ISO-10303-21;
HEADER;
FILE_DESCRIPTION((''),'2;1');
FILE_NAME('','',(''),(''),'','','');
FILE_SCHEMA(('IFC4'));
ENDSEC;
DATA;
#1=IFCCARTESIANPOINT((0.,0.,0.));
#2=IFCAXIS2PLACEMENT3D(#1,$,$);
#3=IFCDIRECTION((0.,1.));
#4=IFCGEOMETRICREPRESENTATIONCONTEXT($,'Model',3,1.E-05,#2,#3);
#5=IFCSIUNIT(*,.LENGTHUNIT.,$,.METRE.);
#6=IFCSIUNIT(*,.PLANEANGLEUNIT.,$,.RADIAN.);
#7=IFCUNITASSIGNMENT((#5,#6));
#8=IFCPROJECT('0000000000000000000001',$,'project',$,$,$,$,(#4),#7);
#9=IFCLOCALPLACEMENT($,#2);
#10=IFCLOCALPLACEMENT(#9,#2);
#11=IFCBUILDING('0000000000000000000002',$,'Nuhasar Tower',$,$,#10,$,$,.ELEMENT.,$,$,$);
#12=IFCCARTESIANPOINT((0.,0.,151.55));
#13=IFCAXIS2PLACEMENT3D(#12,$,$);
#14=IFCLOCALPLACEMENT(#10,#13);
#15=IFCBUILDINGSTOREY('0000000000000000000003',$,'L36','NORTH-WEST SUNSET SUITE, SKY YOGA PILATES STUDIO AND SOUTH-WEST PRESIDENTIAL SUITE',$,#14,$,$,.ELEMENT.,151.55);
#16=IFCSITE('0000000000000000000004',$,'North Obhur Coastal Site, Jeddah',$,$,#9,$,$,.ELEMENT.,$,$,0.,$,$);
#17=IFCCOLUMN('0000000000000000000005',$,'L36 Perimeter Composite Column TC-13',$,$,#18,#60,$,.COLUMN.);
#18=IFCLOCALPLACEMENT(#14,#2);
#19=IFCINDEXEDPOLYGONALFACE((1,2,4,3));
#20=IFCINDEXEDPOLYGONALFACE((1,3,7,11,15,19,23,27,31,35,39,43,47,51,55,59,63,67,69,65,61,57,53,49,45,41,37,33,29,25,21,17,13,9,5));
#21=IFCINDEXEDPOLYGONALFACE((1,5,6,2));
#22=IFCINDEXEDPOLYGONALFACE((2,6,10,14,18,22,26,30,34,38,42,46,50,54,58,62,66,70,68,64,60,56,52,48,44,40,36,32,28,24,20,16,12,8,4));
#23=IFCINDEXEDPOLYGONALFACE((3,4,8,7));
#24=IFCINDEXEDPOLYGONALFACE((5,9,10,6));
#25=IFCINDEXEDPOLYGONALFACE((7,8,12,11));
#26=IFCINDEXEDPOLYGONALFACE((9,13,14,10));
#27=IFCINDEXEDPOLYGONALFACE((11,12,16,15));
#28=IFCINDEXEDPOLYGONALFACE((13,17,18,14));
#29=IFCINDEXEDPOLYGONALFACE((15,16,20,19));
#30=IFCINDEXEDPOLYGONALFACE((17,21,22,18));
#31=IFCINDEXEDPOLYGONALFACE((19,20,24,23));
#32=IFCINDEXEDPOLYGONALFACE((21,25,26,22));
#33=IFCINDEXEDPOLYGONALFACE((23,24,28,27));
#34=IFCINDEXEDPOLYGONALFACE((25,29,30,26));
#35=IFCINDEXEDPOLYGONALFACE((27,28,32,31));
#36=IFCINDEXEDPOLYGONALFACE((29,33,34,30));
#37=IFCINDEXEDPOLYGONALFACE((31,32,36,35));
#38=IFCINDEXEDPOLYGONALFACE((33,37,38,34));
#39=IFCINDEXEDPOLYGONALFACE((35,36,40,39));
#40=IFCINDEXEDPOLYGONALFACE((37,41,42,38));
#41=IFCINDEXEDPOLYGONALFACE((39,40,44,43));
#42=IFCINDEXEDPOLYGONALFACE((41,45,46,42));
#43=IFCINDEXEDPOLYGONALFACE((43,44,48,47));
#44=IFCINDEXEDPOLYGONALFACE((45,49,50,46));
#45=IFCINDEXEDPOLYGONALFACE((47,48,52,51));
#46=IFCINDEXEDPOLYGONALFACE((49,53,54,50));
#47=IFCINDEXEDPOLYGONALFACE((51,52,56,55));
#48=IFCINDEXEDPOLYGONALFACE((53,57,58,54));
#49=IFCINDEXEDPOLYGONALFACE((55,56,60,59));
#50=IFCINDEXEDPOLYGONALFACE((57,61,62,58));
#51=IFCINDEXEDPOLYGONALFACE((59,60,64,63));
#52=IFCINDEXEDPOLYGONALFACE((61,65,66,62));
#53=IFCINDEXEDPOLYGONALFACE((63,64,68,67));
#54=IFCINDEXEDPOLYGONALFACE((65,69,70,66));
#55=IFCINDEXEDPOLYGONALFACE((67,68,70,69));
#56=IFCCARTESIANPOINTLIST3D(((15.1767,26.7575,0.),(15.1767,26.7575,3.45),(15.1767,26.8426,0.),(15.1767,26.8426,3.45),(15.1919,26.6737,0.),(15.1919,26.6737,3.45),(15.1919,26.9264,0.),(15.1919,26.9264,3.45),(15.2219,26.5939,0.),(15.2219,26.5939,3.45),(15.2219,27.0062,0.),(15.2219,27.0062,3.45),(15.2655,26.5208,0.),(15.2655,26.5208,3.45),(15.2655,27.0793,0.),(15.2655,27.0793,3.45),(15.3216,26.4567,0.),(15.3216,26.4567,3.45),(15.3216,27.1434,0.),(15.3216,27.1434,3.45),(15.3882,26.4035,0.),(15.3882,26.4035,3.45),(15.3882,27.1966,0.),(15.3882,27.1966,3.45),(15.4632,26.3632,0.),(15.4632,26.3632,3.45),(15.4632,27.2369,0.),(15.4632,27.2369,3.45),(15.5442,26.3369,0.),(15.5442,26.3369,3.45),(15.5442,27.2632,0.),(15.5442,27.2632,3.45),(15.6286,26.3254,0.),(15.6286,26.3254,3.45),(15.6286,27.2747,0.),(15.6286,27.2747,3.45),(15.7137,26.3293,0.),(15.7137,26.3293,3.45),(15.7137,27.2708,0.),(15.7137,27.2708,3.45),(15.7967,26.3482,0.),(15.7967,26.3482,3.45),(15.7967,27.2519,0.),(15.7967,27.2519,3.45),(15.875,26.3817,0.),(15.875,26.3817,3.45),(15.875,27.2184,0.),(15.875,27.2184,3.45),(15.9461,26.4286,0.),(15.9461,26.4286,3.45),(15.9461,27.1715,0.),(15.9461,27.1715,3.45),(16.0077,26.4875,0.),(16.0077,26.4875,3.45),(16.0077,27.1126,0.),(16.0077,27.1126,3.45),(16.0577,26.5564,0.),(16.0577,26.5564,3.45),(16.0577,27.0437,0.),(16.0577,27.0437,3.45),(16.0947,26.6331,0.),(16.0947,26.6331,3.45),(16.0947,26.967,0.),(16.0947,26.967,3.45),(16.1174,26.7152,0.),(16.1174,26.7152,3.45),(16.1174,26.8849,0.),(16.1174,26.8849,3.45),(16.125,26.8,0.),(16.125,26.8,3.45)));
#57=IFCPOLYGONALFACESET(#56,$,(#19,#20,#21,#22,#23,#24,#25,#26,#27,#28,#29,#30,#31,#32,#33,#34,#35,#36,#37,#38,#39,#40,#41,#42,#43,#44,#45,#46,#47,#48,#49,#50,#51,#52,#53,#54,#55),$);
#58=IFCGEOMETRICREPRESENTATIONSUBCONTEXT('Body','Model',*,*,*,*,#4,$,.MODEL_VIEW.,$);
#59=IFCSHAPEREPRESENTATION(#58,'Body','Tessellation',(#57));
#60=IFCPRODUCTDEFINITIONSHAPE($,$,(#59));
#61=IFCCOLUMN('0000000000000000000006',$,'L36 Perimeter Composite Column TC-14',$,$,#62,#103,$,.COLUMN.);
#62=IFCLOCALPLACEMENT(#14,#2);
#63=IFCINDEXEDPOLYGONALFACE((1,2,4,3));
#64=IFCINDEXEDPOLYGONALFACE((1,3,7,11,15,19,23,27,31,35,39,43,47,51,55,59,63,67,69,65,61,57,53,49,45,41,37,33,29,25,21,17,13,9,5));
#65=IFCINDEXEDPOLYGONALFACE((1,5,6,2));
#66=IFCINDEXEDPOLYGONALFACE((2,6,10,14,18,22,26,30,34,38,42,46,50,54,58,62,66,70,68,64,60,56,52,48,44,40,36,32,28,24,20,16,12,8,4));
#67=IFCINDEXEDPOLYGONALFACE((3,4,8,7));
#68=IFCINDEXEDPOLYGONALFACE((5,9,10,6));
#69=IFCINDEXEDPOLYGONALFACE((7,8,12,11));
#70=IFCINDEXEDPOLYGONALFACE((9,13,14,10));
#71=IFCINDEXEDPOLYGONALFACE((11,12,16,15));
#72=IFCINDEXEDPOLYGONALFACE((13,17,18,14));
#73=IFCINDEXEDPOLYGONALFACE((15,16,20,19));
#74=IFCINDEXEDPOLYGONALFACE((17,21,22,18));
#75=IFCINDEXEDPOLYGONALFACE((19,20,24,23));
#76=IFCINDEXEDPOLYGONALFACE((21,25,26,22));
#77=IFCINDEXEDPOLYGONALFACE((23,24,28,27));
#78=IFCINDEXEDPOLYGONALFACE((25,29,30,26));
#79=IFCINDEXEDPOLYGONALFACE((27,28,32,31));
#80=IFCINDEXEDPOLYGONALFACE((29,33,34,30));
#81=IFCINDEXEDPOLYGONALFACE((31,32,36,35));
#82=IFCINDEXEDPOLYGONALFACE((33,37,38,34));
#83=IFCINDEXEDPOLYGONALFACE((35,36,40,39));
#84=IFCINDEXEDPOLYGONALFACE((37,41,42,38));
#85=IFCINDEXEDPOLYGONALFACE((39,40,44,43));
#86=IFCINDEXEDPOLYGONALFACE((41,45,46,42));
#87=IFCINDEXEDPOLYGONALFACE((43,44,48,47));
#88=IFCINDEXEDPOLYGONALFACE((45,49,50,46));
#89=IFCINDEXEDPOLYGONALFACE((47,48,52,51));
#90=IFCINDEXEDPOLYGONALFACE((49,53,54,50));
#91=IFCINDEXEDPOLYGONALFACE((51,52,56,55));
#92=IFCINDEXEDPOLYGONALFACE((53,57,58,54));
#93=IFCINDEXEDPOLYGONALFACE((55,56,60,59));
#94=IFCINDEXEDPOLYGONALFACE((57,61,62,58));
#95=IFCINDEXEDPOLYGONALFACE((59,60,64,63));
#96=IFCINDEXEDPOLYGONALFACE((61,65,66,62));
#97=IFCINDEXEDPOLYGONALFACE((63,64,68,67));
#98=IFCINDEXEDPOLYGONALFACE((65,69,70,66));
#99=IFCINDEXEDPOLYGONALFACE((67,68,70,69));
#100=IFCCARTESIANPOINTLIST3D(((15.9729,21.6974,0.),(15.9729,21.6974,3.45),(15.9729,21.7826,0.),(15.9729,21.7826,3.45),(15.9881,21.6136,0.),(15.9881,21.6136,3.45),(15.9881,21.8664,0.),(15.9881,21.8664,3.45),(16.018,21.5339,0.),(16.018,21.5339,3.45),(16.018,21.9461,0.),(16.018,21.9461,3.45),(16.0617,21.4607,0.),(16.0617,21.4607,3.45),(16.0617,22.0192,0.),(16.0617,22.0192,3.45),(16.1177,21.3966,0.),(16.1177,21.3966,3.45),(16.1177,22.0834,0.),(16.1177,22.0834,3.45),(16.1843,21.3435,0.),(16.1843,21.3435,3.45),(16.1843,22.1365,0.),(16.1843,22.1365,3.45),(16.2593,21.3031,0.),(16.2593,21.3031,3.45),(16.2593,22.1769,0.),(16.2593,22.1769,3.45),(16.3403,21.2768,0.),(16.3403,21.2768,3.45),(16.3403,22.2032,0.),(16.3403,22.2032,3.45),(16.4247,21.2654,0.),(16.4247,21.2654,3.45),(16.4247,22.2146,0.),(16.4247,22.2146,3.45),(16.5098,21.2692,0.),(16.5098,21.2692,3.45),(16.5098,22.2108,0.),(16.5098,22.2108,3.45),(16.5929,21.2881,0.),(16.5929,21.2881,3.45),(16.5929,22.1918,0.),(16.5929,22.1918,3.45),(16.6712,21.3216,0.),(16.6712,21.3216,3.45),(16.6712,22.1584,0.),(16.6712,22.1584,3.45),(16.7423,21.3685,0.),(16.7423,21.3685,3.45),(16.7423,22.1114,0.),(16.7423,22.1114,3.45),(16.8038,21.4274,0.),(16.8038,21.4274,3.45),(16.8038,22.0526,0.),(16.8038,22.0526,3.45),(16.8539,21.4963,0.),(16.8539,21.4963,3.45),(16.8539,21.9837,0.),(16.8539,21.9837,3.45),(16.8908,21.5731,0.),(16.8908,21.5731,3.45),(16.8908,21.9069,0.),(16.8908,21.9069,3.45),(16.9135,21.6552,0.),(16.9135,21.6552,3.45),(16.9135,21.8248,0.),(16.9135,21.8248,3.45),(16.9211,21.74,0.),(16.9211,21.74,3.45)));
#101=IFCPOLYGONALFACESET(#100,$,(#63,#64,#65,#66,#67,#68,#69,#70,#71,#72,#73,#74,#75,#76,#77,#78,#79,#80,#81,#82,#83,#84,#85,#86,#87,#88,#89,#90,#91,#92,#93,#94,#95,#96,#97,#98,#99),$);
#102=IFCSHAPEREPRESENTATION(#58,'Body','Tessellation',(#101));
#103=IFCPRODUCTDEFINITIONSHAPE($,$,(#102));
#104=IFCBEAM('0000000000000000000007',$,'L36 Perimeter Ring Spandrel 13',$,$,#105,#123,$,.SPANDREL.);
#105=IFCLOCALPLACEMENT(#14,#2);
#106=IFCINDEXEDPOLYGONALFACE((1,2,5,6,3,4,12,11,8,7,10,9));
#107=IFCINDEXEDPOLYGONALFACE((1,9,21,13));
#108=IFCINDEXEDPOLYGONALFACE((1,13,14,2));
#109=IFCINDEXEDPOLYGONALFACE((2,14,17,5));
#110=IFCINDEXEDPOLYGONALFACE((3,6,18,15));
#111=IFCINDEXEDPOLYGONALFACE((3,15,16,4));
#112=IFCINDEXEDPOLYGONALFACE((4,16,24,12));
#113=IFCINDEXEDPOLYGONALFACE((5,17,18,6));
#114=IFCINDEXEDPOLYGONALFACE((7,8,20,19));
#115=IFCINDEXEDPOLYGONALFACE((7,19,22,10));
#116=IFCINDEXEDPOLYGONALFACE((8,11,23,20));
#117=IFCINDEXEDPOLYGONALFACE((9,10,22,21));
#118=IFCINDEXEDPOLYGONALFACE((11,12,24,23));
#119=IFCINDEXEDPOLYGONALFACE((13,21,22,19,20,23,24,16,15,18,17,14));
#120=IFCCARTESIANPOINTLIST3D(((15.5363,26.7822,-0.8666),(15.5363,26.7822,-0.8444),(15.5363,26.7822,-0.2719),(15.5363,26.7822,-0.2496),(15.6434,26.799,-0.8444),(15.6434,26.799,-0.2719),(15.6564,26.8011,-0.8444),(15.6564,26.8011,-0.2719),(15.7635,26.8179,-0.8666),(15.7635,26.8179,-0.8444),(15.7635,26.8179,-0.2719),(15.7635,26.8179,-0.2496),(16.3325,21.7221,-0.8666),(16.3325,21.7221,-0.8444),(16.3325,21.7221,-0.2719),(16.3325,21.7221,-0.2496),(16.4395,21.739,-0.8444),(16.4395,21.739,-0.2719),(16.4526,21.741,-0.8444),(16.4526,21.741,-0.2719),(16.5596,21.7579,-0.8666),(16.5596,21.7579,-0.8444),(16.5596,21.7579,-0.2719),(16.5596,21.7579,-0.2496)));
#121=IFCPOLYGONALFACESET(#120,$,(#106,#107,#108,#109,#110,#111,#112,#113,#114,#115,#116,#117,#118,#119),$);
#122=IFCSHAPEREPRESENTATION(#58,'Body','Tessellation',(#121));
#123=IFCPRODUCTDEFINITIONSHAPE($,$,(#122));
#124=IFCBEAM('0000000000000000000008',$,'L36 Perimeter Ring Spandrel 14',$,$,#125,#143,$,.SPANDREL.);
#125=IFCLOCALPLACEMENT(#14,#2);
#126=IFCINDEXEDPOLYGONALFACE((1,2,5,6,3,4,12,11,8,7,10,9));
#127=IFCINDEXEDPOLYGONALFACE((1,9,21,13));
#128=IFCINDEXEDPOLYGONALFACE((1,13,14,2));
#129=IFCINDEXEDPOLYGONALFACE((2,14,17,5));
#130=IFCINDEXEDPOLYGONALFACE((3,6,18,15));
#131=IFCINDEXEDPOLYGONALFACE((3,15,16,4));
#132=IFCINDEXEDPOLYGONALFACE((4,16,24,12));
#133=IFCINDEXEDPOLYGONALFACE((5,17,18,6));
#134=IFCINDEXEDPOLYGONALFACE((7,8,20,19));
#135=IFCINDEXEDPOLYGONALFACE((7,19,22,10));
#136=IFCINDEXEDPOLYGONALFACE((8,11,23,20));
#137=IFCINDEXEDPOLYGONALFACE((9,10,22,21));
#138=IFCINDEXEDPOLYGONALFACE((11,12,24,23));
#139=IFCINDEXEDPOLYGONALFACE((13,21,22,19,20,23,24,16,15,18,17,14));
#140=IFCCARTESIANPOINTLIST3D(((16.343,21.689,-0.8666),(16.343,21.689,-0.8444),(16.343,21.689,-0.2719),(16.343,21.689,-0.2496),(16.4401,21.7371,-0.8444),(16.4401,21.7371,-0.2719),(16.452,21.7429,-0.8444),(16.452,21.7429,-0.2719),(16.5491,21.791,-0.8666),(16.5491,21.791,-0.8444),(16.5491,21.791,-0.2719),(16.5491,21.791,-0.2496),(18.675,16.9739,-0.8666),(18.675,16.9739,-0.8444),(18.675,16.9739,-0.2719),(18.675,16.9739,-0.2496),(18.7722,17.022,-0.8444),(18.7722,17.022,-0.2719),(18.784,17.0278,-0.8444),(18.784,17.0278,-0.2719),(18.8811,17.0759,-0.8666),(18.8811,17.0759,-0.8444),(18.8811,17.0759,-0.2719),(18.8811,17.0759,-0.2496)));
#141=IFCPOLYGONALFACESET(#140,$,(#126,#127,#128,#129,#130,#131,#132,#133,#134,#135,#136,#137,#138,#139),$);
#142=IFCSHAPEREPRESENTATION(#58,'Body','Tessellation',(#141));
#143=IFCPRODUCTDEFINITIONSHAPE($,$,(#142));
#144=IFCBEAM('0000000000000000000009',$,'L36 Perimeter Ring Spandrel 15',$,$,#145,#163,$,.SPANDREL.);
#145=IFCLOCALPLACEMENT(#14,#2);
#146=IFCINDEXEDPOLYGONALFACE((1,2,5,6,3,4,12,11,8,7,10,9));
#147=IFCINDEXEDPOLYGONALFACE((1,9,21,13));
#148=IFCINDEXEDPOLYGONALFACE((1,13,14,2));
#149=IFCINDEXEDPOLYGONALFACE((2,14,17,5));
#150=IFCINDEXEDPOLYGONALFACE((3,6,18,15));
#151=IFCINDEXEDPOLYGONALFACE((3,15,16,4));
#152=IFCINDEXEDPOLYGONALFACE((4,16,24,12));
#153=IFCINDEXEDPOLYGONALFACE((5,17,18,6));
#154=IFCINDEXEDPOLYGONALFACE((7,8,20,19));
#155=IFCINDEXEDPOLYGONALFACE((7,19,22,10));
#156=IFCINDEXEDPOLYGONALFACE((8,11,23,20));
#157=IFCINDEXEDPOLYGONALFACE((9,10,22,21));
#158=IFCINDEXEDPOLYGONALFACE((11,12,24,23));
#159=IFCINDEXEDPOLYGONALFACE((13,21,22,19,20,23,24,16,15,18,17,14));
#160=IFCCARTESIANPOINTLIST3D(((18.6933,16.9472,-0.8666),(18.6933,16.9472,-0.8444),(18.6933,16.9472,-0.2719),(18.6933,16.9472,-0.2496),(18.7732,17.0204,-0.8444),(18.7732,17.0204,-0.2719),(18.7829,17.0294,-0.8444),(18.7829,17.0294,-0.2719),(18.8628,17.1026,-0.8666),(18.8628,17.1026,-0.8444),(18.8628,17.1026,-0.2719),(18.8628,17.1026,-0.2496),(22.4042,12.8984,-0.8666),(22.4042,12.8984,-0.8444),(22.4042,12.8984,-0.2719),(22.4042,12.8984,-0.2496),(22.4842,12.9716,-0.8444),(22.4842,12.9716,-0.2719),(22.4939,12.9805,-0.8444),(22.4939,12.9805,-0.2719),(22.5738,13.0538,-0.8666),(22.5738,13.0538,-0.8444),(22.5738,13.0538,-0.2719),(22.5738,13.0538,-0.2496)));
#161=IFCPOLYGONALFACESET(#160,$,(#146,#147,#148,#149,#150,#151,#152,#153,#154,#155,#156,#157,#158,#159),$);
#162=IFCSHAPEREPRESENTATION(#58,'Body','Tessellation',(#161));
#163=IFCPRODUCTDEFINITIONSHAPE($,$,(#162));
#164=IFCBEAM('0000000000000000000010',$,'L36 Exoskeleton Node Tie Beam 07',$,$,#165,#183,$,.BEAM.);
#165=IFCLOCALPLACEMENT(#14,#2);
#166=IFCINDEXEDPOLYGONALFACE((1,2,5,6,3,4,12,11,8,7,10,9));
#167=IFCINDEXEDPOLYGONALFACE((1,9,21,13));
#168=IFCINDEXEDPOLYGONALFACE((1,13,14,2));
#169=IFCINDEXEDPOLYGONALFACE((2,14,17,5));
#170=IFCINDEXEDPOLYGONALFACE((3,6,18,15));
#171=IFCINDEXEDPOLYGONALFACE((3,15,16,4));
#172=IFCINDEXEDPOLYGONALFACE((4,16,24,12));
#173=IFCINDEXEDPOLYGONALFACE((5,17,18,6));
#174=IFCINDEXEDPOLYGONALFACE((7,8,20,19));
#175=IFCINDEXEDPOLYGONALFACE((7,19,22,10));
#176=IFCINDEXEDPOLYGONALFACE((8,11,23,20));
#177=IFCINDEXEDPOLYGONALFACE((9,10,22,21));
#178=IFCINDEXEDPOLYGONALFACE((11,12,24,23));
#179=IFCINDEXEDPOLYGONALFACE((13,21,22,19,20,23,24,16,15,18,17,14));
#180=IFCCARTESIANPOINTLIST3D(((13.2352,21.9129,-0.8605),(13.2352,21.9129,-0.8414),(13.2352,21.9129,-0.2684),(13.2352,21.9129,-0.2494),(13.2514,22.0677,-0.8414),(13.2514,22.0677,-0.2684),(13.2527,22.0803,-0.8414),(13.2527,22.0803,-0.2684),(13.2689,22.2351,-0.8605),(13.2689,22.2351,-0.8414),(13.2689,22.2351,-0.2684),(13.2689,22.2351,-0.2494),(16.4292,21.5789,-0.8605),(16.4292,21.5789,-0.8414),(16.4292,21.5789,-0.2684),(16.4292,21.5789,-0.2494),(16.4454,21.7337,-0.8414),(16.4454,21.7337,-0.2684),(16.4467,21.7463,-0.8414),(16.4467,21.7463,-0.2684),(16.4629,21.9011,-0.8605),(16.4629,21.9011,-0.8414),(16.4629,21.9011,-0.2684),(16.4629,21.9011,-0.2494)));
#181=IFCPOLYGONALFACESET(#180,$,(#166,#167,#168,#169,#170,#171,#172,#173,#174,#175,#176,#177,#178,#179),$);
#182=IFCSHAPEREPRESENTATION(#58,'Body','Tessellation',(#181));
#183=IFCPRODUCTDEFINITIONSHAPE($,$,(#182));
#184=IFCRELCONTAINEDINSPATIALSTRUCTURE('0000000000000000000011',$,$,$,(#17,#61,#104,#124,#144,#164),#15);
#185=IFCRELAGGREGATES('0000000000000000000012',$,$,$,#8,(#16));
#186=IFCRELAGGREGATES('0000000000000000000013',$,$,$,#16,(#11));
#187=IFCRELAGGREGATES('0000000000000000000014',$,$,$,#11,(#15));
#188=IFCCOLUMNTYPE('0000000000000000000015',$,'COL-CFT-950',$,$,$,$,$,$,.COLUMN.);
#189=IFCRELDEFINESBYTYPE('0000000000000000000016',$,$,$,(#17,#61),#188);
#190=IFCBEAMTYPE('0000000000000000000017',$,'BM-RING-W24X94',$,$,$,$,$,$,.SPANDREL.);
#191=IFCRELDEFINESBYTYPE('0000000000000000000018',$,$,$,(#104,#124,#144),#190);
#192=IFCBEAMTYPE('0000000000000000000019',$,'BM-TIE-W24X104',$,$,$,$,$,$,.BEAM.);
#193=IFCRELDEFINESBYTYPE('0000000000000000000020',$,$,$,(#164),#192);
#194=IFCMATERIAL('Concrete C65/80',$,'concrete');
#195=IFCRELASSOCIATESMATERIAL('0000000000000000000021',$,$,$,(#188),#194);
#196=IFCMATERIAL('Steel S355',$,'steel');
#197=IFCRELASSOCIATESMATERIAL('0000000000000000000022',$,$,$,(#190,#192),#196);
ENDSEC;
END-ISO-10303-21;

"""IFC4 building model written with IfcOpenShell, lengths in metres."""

from ifc_helpers import new_model, si_unit, direction, frame, origin, origin_2d, place, context, subcontext, project, spatial, circle, i_section, extrude, material, material_profile, profile_set, type_object, element, save


model = new_model("IFC4")

# Units and contexts
model_context = context("Model", 3, precision=1e-05, world=origin(), true_north=direction((0.0, 1.0)))
body_context = subcontext(model_context, "Body", "Model", "MODEL_VIEW")
ifc_project = project(units=[si_unit("LENGTHUNIT", "METRE"), si_unit("PLANEANGLEUNIT", "RADIAN")], contexts=[model_context])

# Site, building, storey
site_placement = place(None, origin())
site = spatial("IfcSite", under=ifc_project, at=site_placement, Name="North Obhur Coastal Site, Jeddah", CompositionType="ELEMENT", RefElevation=0.0)
building_placement = place(site_placement, origin())
building = spatial("IfcBuilding", under=site, at=building_placement, Name="Nuhasar Tower", CompositionType="ELEMENT")
storey_placement = place(building_placement, frame((0.0, 0.0, 151.55)))
storey = spatial("IfcBuildingStorey", under=building, at=storey_placement, Name="L36", Description="NORTH-WEST SUNSET SUITE, SKY YOGA PILATES STUDIO AND SOUTH-WEST PRESIDENTIAL SUITE", CompositionType="ELEMENT", Elevation=151.55)

# Columns
ifc_material_1 = material(Name="Concrete C65/80", Category="concrete")
ifc_material_profile_1 = material_profile(ifc_material_1, circle(Radius=0.4751, at=origin_2d()), Name="CFT950")
ifc_profile_set_1 = profile_set([ifc_material_profile_1], Name="Concrete C65/80")
column_type = type_object("IfcColumnType", Name="COL-CFT-950", PredefinedType="COLUMN", material=ifc_profile_set_1)
for number, where, z_axis, x_axis, name in (
    (1, (15.6499, 26.8, 0.0), (0.0, 0.0, 1.0), (1.0, 0.0, 0.0), "L36 Perimeter Composite Column TC-13"),
    (2, (16.446, 21.74, 0.0), (0.0, 0.0, 1.0), (1.0, 0.0, 0.0), "L36 Perimeter Composite Column TC-14"),
):
    element("IfcColumn", number, at=place(storey_placement, frame(where, z_axis=z_axis, x_axis=x_axis)), inside=storey, type_object=column_type, Name=name, PredefinedType="COLUMN", context=body_context, shape_type="SweptSolid", body=[
        extrude(circle(Radius=0.4751, at=origin_2d()), origin(), (0.0, 0.0, 1.0), 3.45),
    ])

# Beams
ifc_material_2 = material(Name="Steel S355", Category="steel")
ifc_material_profile_2 = material_profile(ifc_material_2, i_section(OverallWidth=0.23, OverallDepth=0.6169, WebThickness=0.0132, FlangeThickness=0.0222, at=origin_2d()), Name="W24X94")
ifc_profile_set_2 = profile_set([ifc_material_profile_2], Name="Steel S355")
beam_type_1 = type_object("IfcBeamType", Name="BM-RING-W24X94", PredefinedType="SPANDREL", material=ifc_profile_set_2)
beam_1_placement = place(storey_placement, frame((15.6499, 26.8, -0.5581), z_axis=(0.155427, -0.987847, 0.0), x_axis=(0.987847, 0.155427, 0.0)))
element("IfcBeam", 3, at=beam_1_placement, inside=storey, type_object=beam_type_1, Name="L36 Perimeter Ring Spandrel 13", PredefinedType="SPANDREL", context=body_context, shape_type="SweptSolid", body=[
    extrude(i_section(OverallWidth=0.23, OverallDepth=0.6169, WebThickness=0.0132, FlangeThickness=0.0222, at=origin_2d()), origin(), (0.0, 0.0, 1.0), 5.1223),
])
beam_2_placement = place(storey_placement, frame((16.446, 21.74, -0.5581), z_axis=(0.443329, -0.896359, 0.0), x_axis=(0.896359, 0.443329, 0.0)))
element("IfcBeam", 4, at=beam_2_placement, inside=storey, type_object=beam_type_1, Name="L36 Perimeter Ring Spandrel 14", PredefinedType="SPANDREL", context=body_context, shape_type="SweptSolid", body=[
    extrude(i_section(OverallWidth=0.23, OverallDepth=0.6169, WebThickness=0.0132, FlangeThickness=0.0222, at=origin_2d()), origin(), (0.0, 0.0, 1.0), 5.2603),
])
beam_3_placement = place(storey_placement, frame((18.7781, 17.0249, -0.5581), z_axis=(0.675676, -0.737198, 0.0), x_axis=(0.737198, 0.675676, 0.0)))
element("IfcBeam", 5, at=beam_3_placement, inside=storey, type_object=beam_type_1, Name="L36 Perimeter Ring Spandrel 15", PredefinedType="SPANDREL", context=body_context, shape_type="SweptSolid", body=[
    extrude(i_section(OverallWidth=0.23, OverallDepth=0.6169, WebThickness=0.0132, FlangeThickness=0.0222, at=origin_2d()), origin(), (0.0, 0.0, 1.0), 5.4922),
])
ifc_material_profile_3 = material_profile(ifc_material_2, i_section(OverallWidth=0.324, OverallDepth=0.6111, WebThickness=0.0127, FlangeThickness=0.019, at=origin_2d()), Name="W24X104")
ifc_profile_set_3 = profile_set([ifc_material_profile_3], Name="Steel S355")
beam_type_2 = type_object("IfcBeamType", Name="BM-TIE-W24X104", PredefinedType="BEAM", material=ifc_profile_set_3)
beam_4_placement = place(storey_placement, frame((16.446, 21.74, -0.5549), z_axis=(-0.994578, 0.103996, 0.0), x_axis=(-0.103996, -0.994578, 0.0)))
element("IfcBeam", 6, at=beam_4_placement, inside=storey, type_object=beam_type_2, Name="L36 Exoskeleton Node Tie Beam 07", PredefinedType="BEAM", context=body_context, shape_type="SweptSolid", body=[
    extrude(i_section(OverallWidth=0.324, OverallDepth=0.6111, WebThickness=0.0127, FlangeThickness=0.019, at=origin_2d()), origin(), (0.0, 0.0, 1.0), 3.2114),
])

save(model, "model.ifc")
